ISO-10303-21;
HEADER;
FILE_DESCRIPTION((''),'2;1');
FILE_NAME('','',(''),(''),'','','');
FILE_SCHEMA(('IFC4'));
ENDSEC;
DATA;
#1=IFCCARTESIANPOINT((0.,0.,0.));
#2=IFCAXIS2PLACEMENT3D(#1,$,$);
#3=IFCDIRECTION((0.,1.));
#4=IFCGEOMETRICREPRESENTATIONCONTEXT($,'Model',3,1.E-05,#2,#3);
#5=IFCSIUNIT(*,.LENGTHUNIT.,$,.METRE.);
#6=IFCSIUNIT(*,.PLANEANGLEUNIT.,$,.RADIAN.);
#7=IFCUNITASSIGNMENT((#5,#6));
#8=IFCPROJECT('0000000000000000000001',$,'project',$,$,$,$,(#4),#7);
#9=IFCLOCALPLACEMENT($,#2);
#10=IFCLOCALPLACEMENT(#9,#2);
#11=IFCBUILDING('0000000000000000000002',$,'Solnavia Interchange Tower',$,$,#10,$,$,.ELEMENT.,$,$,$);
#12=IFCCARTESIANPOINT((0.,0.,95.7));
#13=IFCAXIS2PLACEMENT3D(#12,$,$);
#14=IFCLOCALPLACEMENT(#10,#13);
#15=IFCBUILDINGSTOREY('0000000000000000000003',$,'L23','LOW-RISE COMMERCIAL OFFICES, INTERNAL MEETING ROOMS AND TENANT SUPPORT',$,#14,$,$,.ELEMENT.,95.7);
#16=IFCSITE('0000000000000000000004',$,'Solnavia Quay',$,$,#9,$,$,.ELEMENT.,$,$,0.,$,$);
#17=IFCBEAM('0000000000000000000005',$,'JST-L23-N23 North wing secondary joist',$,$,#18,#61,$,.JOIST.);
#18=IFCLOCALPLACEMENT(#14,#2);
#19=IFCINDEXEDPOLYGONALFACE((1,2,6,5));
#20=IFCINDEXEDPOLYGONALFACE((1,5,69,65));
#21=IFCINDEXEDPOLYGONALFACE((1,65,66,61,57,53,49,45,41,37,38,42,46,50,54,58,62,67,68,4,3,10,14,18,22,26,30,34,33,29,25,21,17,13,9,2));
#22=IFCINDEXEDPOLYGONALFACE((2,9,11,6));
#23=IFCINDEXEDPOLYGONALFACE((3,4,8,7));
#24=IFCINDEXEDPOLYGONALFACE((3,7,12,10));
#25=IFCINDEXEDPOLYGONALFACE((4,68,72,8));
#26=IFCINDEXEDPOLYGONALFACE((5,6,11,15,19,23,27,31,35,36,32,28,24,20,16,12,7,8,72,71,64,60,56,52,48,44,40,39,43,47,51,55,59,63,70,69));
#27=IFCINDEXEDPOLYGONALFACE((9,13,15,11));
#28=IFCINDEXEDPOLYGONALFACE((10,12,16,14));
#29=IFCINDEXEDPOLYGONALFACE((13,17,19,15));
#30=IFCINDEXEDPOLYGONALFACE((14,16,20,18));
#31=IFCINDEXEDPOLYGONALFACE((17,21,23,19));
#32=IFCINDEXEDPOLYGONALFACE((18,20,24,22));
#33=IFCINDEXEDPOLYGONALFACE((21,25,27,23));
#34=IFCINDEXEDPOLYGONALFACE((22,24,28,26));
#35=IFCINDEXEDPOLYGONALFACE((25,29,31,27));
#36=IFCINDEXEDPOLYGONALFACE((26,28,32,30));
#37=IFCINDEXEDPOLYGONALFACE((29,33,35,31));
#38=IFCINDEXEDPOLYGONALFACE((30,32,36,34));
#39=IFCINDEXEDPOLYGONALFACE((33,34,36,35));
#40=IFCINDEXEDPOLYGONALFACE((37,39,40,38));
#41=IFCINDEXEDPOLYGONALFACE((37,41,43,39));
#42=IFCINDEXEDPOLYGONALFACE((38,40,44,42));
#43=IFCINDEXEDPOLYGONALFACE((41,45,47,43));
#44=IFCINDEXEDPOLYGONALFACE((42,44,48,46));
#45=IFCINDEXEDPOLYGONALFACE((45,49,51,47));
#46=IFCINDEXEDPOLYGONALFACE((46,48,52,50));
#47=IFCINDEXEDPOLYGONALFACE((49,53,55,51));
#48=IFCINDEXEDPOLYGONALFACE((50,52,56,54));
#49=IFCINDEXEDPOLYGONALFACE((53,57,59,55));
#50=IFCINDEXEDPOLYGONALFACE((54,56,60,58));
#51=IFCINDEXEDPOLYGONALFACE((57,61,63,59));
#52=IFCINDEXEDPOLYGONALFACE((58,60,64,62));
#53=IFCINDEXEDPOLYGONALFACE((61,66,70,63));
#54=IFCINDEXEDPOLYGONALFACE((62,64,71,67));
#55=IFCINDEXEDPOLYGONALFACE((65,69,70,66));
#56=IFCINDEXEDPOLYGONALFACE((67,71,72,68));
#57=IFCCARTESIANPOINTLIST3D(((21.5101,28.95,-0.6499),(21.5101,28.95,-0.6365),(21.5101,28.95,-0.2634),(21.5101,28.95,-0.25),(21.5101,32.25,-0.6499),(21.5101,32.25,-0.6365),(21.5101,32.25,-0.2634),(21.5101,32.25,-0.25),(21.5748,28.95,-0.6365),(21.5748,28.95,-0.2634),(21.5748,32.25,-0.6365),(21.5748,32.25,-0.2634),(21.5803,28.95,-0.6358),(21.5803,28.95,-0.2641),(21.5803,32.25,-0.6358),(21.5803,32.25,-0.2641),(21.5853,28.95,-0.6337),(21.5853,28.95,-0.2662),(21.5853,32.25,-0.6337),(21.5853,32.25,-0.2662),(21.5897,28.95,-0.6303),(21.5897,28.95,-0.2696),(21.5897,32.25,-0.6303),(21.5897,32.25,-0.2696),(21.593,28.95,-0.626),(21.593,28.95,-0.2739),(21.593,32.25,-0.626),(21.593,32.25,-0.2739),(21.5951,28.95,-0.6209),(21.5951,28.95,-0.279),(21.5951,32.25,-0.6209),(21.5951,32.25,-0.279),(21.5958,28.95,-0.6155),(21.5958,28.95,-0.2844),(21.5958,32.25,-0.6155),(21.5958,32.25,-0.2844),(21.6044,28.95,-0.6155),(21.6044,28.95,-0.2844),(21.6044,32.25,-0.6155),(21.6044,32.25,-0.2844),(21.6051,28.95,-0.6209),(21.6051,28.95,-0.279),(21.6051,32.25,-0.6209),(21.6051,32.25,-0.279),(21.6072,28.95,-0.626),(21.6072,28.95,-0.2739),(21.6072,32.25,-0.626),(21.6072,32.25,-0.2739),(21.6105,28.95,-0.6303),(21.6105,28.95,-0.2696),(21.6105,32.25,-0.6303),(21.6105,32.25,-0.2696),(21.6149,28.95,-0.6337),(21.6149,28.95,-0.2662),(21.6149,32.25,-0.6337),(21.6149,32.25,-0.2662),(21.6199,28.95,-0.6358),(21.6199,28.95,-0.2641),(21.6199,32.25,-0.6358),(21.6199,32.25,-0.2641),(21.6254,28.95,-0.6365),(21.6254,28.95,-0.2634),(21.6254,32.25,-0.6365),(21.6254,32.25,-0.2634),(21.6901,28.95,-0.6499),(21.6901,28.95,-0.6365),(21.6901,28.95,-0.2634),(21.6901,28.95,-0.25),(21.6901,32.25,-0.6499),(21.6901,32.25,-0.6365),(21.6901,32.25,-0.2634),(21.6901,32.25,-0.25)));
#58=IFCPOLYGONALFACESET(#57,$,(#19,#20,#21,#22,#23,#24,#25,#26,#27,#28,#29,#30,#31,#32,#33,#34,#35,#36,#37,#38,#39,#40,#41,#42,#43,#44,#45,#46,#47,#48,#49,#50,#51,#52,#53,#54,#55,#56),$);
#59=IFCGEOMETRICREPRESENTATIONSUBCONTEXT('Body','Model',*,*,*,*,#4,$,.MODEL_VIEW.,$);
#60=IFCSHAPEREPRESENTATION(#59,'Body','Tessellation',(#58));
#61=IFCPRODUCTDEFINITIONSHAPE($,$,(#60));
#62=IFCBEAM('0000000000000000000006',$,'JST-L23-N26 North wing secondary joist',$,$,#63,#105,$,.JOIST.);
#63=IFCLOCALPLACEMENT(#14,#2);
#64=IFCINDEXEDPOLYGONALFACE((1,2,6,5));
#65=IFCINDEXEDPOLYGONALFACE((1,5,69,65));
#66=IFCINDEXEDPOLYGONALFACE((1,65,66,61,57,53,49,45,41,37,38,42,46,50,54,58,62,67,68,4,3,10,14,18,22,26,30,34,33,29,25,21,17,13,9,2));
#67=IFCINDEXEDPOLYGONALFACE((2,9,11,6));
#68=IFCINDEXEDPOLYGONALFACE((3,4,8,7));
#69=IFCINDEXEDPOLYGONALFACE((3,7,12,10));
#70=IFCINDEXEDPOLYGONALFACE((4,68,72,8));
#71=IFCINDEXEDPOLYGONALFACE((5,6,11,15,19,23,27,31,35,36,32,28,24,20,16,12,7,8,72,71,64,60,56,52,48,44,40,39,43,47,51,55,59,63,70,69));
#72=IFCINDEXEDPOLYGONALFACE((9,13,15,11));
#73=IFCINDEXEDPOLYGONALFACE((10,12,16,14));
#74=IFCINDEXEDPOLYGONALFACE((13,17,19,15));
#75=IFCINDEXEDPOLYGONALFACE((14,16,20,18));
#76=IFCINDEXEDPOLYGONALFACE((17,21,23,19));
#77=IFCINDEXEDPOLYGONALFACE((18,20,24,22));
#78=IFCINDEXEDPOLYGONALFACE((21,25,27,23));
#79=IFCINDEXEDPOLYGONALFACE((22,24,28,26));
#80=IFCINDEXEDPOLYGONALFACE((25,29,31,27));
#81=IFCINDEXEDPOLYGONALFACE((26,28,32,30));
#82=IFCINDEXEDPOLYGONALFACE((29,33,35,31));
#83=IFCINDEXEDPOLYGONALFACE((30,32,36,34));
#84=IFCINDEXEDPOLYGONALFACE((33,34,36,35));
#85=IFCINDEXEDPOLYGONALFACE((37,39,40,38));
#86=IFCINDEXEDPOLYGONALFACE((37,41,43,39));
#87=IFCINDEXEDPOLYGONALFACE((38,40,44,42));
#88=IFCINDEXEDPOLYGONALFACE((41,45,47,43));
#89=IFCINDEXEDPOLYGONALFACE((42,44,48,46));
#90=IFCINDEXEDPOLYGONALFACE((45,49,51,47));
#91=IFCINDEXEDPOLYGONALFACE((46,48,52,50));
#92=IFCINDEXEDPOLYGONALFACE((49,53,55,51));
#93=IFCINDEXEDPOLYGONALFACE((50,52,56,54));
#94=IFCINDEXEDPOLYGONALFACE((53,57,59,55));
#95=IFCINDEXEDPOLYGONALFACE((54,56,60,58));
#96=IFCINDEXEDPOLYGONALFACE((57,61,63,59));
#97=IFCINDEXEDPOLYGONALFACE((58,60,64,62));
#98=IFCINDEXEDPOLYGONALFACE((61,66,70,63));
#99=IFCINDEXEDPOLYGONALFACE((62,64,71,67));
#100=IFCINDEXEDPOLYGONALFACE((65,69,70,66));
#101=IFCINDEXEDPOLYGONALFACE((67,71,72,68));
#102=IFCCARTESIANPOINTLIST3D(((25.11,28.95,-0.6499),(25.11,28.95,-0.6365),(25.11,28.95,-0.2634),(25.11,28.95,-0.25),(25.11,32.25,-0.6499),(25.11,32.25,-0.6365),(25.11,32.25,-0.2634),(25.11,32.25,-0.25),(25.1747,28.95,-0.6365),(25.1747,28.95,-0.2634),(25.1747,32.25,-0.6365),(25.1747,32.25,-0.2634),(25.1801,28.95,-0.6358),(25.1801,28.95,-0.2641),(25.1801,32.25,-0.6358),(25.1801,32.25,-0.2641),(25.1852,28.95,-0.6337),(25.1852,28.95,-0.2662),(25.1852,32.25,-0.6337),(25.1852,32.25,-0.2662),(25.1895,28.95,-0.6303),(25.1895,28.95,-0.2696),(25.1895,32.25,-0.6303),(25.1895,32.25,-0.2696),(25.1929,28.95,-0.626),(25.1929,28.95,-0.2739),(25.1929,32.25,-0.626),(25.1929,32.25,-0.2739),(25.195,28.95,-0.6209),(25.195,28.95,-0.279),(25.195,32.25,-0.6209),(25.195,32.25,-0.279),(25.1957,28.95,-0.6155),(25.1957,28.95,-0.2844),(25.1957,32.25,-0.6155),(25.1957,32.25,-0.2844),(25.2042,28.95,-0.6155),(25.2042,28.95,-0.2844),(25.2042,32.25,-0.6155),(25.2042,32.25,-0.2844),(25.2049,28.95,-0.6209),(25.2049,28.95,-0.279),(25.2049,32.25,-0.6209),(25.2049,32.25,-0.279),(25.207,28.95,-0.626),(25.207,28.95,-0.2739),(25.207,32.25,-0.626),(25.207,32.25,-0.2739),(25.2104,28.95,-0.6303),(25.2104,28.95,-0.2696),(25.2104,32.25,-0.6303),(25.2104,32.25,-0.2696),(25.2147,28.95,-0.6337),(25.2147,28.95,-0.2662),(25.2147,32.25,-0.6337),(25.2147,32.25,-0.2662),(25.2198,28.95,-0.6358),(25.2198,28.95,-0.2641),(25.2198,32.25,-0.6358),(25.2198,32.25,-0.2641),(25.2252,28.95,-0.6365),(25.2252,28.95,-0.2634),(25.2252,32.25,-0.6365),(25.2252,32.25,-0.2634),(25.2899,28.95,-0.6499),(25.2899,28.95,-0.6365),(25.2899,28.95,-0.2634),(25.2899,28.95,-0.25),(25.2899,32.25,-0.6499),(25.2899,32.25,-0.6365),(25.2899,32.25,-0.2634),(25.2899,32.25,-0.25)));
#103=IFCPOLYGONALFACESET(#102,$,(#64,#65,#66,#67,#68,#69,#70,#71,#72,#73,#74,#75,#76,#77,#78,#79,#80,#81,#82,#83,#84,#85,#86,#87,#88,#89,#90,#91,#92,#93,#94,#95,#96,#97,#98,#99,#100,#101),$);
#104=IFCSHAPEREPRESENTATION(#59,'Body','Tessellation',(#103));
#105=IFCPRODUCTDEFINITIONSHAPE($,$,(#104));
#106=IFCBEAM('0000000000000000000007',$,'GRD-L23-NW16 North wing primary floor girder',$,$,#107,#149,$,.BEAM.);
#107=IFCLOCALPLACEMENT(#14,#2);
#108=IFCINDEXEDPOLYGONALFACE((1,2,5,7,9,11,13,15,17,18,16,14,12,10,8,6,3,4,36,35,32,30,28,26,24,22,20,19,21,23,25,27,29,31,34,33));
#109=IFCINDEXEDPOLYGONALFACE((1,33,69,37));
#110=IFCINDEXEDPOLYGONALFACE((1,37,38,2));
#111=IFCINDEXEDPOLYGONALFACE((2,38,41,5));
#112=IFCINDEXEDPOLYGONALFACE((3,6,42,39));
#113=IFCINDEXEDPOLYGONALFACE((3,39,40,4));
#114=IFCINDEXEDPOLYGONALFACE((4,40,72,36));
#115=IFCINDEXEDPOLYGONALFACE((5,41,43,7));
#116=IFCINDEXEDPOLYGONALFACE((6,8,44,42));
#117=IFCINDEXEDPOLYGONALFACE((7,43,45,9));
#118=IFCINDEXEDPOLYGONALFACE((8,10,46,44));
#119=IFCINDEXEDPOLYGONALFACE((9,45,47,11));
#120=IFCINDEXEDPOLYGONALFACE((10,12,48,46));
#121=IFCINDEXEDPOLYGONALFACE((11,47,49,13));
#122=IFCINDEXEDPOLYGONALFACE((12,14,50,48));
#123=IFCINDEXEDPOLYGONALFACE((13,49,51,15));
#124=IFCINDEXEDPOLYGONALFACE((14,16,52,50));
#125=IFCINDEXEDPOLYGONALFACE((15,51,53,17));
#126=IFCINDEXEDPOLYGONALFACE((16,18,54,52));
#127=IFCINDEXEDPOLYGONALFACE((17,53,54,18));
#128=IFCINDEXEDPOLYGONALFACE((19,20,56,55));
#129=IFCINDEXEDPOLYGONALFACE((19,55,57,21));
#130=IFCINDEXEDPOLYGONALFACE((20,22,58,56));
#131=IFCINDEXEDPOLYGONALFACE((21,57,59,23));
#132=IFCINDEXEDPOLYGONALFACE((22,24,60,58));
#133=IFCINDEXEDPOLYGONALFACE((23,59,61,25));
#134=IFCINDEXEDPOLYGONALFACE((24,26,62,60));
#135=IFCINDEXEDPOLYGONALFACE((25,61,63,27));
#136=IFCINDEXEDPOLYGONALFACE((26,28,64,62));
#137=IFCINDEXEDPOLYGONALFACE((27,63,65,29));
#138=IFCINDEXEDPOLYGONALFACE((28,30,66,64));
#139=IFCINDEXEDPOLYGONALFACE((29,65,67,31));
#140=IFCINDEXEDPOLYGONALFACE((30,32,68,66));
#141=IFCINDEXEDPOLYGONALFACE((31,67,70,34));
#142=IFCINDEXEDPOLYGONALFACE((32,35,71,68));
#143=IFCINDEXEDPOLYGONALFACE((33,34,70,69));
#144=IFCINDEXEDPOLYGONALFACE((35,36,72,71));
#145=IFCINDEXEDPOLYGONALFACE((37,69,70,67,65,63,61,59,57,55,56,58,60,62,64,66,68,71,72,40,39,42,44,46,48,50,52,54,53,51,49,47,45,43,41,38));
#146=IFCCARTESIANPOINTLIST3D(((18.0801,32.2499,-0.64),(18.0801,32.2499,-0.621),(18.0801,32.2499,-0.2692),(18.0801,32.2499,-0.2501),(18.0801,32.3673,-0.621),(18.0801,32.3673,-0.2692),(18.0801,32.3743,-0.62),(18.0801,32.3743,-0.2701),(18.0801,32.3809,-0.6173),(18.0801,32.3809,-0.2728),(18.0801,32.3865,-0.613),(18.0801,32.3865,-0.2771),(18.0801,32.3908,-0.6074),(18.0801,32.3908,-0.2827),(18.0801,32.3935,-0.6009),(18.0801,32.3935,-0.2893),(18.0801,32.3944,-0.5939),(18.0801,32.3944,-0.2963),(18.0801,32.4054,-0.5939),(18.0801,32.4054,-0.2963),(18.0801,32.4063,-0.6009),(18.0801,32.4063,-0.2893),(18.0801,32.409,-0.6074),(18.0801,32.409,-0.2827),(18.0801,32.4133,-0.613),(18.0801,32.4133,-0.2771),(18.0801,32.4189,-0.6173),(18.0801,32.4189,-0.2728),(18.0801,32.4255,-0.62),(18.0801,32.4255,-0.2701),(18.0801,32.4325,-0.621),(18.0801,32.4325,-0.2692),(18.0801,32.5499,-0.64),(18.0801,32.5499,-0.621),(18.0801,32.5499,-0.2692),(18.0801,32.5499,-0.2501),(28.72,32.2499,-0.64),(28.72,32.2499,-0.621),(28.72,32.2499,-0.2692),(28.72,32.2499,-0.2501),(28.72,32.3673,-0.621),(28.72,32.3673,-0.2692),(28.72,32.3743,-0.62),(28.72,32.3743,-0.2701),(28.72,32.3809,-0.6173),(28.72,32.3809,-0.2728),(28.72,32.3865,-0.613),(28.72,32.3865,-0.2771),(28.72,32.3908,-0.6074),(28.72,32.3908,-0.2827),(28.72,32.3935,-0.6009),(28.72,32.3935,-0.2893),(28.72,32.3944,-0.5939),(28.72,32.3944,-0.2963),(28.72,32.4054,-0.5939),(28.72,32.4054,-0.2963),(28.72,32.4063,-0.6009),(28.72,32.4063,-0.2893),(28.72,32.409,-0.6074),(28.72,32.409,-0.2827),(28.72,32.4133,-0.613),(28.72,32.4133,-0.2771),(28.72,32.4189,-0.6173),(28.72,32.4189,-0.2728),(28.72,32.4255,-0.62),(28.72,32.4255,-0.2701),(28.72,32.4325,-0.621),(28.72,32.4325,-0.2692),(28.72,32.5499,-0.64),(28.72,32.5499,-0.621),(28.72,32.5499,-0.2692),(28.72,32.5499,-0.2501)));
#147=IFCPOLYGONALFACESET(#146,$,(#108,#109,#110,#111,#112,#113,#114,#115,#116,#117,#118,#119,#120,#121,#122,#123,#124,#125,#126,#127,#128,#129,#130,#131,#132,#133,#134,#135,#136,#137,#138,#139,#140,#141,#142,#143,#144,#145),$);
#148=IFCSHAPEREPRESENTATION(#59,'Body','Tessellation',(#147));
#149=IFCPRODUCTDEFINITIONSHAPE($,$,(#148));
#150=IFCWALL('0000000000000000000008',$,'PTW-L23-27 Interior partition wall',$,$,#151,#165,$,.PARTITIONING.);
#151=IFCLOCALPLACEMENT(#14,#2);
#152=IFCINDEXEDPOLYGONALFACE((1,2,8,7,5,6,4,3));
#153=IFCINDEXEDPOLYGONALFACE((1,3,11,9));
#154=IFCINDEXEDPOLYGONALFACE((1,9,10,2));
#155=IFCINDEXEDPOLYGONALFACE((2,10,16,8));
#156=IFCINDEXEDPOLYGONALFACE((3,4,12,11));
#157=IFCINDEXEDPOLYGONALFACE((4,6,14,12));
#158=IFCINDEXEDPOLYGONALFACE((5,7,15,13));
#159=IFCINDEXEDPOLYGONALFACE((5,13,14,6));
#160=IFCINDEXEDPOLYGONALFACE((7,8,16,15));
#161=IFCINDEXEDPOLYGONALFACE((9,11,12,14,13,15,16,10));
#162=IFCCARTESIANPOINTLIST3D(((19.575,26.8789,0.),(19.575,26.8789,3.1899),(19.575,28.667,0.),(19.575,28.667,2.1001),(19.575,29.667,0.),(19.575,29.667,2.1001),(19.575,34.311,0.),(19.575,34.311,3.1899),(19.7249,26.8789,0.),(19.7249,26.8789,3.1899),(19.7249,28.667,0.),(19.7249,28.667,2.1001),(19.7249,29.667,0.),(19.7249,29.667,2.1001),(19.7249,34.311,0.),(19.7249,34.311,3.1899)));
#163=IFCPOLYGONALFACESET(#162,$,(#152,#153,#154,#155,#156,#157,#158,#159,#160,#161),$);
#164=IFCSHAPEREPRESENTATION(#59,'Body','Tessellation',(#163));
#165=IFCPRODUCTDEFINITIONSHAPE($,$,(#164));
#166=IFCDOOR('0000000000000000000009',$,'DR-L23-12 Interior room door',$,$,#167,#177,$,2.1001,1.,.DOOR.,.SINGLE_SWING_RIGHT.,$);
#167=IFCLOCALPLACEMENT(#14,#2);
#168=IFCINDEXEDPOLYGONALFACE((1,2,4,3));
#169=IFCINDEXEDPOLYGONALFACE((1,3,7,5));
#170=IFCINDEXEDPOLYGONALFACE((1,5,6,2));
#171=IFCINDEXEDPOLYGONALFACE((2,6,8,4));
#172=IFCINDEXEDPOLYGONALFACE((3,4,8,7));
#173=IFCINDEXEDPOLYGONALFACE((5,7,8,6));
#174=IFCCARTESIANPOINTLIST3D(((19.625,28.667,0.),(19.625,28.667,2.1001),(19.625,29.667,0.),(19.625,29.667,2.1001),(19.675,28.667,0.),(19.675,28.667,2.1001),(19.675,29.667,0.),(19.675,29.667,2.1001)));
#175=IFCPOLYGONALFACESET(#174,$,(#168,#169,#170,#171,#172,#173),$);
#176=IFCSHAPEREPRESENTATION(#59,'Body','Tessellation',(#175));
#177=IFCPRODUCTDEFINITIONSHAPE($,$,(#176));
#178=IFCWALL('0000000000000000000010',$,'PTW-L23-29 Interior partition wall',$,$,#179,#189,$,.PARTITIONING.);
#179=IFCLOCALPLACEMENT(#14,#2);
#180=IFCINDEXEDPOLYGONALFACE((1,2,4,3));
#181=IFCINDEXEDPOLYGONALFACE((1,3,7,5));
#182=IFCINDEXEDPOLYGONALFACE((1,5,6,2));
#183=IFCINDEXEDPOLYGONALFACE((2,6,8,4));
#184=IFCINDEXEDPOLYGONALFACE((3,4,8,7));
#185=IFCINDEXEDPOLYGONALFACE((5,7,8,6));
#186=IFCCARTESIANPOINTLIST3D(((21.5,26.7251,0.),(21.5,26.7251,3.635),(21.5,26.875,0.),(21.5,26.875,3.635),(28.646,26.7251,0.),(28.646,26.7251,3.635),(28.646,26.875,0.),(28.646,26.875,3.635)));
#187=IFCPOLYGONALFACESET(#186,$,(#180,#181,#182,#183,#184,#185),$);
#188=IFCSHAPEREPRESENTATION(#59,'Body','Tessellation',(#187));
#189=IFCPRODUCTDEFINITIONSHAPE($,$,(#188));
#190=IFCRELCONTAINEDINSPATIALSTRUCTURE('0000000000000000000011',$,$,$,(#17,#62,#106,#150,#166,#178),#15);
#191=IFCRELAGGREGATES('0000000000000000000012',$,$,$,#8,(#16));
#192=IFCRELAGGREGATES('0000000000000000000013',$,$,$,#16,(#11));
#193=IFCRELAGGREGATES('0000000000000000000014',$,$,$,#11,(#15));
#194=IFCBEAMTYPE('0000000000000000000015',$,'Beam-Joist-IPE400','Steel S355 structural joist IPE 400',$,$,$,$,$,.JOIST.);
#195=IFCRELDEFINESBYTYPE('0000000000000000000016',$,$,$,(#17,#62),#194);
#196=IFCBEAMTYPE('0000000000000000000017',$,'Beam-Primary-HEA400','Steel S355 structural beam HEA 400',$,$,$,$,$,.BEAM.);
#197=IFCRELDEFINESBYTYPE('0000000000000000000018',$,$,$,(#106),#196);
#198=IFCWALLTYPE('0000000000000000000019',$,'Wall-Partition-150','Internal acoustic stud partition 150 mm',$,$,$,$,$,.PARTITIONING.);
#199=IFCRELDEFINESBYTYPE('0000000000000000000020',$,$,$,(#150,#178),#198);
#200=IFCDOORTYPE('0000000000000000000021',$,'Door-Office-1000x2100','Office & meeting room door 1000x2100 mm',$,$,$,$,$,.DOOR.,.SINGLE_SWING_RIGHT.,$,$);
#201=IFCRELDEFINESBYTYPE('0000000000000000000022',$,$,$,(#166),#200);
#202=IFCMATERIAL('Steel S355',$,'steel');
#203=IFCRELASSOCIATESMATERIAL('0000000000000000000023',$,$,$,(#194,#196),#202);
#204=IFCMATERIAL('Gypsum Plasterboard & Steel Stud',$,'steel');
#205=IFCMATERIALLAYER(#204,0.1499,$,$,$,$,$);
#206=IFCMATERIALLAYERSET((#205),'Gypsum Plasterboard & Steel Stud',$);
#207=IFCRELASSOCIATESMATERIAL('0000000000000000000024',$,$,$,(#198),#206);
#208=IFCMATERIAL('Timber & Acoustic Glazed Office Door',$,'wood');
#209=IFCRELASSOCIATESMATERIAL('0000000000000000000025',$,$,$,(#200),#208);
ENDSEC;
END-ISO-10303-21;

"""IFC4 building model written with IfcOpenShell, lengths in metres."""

from ifc_helpers import new_model, si_unit, direction, frame, frame_2d, origin, origin_2d, place, context, subcontext, project, spatial, rectangle, i_section, extrude, material, layer, layer_set, material_profile, profile_set, type_object, element, fill, save


model = new_model("IFC4")

# Units and contexts
model_context = context("Model", 3, precision=1e-05, world=origin(), true_north=direction((0.0, 1.0)))
body_context = subcontext(model_context, "Body", "Model", "MODEL_VIEW")
ifc_project = project(units=[si_unit("LENGTHUNIT", "METRE"), si_unit("PLANEANGLEUNIT", "RADIAN")], contexts=[model_context])

# Site, building, storey
site_placement = place(None, origin())
site = spatial("IfcSite", under=ifc_project, at=site_placement, Name="Solnavia Quay", CompositionType="ELEMENT", RefElevation=0.0)
building_placement = place(site_placement, origin())
building = spatial("IfcBuilding", under=site, at=building_placement, Name="Solnavia Interchange Tower", CompositionType="ELEMENT")
storey_placement = place(building_placement, frame((0.0, 0.0, 95.7)))
storey = spatial("IfcBuildingStorey", under=building, at=storey_placement, Name="L23", Description="LOW-RISE COMMERCIAL OFFICES, INTERNAL MEETING ROOMS AND TENANT SUPPORT", CompositionType="ELEMENT", Elevation=95.7)

# Shared definitions
ifc_material_1 = material(Name="Steel S355", Category="steel")

# Beams
ifc_material_profile_1 = material_profile(ifc_material_1, i_section(OverallWidth=0.1799, OverallDepth=0.3999, WebThickness=0.0085, FlangeThickness=0.0134, FilletRadius=0.021, at=origin_2d()), Name="IPE 400")
ifc_profile_set_1 = profile_set([ifc_material_profile_1], Name="Steel S355")
beam_type_1 = type_object("IfcBeamType", Name="Beam-Joist-IPE400", Description="Steel S355 structural joist IPE 400", PredefinedType="JOIST", material=ifc_profile_set_1)
for number, where, z_axis, x_axis, name in (
    (1, (21.6001, 28.95, -0.45), (0.0, 1.0, 0.0), (-1.0, 0.0, 0.0), "JST-L23-N23 North wing secondary joist"),
    (2, (25.2, 28.95, -0.45), (0.0, 1.0, 0.0), (-1.0, 0.0, 0.0), "JST-L23-N26 North wing secondary joist"),
):
    element("IfcBeam", number, at=place(storey_placement, frame(where, z_axis=z_axis, x_axis=x_axis)), inside=storey, type_object=beam_type_1, Name=name, PredefinedType="JOIST", context=body_context, shape_type="SweptSolid", body=[
        extrude(i_section(OverallWidth=0.1799, OverallDepth=0.3999, WebThickness=0.0085, FlangeThickness=0.0134, FilletRadius=0.021, at=origin_2d()), origin(), (0.0, 0.0, 1.0), 3.3),
    ])
ifc_material_profile_2 = material_profile(ifc_material_1, i_section(OverallWidth=0.3, OverallDepth=0.3899, WebThickness=0.011, FlangeThickness=0.019, FilletRadius=0.0271, at=origin_2d()), Name="HEA 400")
ifc_profile_set_2 = profile_set([ifc_material_profile_2], Name="Steel S355")
beam_type_2 = type_object("IfcBeamType", Name="Beam-Primary-HEA400", Description="Steel S355 structural beam HEA 400", PredefinedType="BEAM", material=ifc_profile_set_2)
beam_placement = place(storey_placement, frame((18.0801, 32.3999, -0.4451), z_axis=(1.0, 0.0, 0.0), x_axis=(0.0, 1.0, 0.0)))
element("IfcBeam", 3, at=beam_placement, inside=storey, type_object=beam_type_2, Name="GRD-L23-NW16 North wing primary floor girder", PredefinedType="BEAM", context=body_context, shape_type="SweptSolid", body=[
    extrude(i_section(OverallWidth=0.3, OverallDepth=0.3899, WebThickness=0.011, FlangeThickness=0.019, FilletRadius=0.0271, at=origin_2d()), origin(), (0.0, 0.0, 1.0), 10.6399),
])

# Wall, opening, door
ifc_material_2 = material(Name="Gypsum Plasterboard & Steel Stud", Category="steel")
ifc_layer_1 = layer(ifc_material_2, 0.1499)
ifc_layer_set_1 = layer_set([ifc_layer_1], Name="Gypsum Plasterboard & Steel Stud")
wall_type_1 = type_object("IfcWallType", Name="Wall-Partition-150", Description="Internal acoustic stud partition 150 mm", PredefinedType="PARTITIONING", material=ifc_layer_set_1)
wall_1_placement = place(storey_placement, frame((19.6499, 26.8789, 0.0), z_axis=(0.0, 0.0, 1.0), x_axis=(0.0, 1.0, 0.0)))
wall_1 = element("IfcWall", 4, at=wall_1_placement, inside=storey, type_object=wall_type_1, Name="PTW-L23-27 Interior partition wall", PredefinedType="PARTITIONING", context=body_context, shape_type="SweptSolid", body=[
    extrude(rectangle(XDim=7.4321, YDim=0.1499, at=frame_2d((3.7161, 0.0))), origin(), (0.0, 0.0, 1.0), 3.1899),
])
opening_1_placement = place(wall_1_placement, frame((1.7881, 0.0, 0.0)))
opening_1 = element("IfcOpeningElement", 5, at=opening_1_placement, cuts=wall_1, PredefinedType="OPENING", context=body_context, shape_type="SweptSolid", body=[
    extrude(rectangle(XDim=1.0, YDim=2.1001, at=frame_2d((0.5, 1.05))), frame((0.0, 0.085, 0.0), z_axis=(0.0, -1.0, 0.0), x_axis=(1.0, 0.0, 0.0)), (0.0, 0.0, 1.0), 0.1699),
])
ifc_material_3 = material(Name="Timber & Acoustic Glazed Office Door", Category="wood")
door_type = type_object("IfcDoorType", Name="Door-Office-1000x2100", Description="Office & meeting room door 1000x2100 mm", OperationType="SINGLE_SWING_RIGHT", PredefinedType="DOOR", material=ifc_material_3)
door_1_placement = place(opening_1_placement, origin())
door_1 = element("IfcDoor", 6, at=door_1_placement, inside=storey, type_object=door_type, Name="DR-L23-12 Interior room door", OperationType="SINGLE_SWING_RIGHT", OverallHeight=2.1001, OverallWidth=1.0, PredefinedType="DOOR", context=body_context, shape_type="SweptSolid", body=[
    extrude(rectangle(XDim=1.0, YDim=2.1001, at=frame_2d((0.5, 1.05))), frame((0.0, 0.0249, 0.0), z_axis=(0.0, -1.0, 0.0), x_axis=(1.0, 0.0, 0.0)), (0.0, 0.0, 1.0), 0.05),
])
fill(opening_1, door_1)

# Wall
wall_2_placement = place(storey_placement, frame((21.5, 26.8, 0.0), z_axis=(0.0, 0.0, 1.0), x_axis=(1.0, 0.0, 0.0)))
element("IfcWall", 7, at=wall_2_placement, inside=storey, type_object=wall_type_1, Name="PTW-L23-29 Interior partition wall", PredefinedType="PARTITIONING", context=body_context, shape_type="SweptSolid", body=[
    extrude(rectangle(XDim=7.146, YDim=0.1499, at=frame_2d((3.573, 0.0))), origin(), (0.0, 0.0, 1.0), 3.635),
])

save(model, "model.ifc")
